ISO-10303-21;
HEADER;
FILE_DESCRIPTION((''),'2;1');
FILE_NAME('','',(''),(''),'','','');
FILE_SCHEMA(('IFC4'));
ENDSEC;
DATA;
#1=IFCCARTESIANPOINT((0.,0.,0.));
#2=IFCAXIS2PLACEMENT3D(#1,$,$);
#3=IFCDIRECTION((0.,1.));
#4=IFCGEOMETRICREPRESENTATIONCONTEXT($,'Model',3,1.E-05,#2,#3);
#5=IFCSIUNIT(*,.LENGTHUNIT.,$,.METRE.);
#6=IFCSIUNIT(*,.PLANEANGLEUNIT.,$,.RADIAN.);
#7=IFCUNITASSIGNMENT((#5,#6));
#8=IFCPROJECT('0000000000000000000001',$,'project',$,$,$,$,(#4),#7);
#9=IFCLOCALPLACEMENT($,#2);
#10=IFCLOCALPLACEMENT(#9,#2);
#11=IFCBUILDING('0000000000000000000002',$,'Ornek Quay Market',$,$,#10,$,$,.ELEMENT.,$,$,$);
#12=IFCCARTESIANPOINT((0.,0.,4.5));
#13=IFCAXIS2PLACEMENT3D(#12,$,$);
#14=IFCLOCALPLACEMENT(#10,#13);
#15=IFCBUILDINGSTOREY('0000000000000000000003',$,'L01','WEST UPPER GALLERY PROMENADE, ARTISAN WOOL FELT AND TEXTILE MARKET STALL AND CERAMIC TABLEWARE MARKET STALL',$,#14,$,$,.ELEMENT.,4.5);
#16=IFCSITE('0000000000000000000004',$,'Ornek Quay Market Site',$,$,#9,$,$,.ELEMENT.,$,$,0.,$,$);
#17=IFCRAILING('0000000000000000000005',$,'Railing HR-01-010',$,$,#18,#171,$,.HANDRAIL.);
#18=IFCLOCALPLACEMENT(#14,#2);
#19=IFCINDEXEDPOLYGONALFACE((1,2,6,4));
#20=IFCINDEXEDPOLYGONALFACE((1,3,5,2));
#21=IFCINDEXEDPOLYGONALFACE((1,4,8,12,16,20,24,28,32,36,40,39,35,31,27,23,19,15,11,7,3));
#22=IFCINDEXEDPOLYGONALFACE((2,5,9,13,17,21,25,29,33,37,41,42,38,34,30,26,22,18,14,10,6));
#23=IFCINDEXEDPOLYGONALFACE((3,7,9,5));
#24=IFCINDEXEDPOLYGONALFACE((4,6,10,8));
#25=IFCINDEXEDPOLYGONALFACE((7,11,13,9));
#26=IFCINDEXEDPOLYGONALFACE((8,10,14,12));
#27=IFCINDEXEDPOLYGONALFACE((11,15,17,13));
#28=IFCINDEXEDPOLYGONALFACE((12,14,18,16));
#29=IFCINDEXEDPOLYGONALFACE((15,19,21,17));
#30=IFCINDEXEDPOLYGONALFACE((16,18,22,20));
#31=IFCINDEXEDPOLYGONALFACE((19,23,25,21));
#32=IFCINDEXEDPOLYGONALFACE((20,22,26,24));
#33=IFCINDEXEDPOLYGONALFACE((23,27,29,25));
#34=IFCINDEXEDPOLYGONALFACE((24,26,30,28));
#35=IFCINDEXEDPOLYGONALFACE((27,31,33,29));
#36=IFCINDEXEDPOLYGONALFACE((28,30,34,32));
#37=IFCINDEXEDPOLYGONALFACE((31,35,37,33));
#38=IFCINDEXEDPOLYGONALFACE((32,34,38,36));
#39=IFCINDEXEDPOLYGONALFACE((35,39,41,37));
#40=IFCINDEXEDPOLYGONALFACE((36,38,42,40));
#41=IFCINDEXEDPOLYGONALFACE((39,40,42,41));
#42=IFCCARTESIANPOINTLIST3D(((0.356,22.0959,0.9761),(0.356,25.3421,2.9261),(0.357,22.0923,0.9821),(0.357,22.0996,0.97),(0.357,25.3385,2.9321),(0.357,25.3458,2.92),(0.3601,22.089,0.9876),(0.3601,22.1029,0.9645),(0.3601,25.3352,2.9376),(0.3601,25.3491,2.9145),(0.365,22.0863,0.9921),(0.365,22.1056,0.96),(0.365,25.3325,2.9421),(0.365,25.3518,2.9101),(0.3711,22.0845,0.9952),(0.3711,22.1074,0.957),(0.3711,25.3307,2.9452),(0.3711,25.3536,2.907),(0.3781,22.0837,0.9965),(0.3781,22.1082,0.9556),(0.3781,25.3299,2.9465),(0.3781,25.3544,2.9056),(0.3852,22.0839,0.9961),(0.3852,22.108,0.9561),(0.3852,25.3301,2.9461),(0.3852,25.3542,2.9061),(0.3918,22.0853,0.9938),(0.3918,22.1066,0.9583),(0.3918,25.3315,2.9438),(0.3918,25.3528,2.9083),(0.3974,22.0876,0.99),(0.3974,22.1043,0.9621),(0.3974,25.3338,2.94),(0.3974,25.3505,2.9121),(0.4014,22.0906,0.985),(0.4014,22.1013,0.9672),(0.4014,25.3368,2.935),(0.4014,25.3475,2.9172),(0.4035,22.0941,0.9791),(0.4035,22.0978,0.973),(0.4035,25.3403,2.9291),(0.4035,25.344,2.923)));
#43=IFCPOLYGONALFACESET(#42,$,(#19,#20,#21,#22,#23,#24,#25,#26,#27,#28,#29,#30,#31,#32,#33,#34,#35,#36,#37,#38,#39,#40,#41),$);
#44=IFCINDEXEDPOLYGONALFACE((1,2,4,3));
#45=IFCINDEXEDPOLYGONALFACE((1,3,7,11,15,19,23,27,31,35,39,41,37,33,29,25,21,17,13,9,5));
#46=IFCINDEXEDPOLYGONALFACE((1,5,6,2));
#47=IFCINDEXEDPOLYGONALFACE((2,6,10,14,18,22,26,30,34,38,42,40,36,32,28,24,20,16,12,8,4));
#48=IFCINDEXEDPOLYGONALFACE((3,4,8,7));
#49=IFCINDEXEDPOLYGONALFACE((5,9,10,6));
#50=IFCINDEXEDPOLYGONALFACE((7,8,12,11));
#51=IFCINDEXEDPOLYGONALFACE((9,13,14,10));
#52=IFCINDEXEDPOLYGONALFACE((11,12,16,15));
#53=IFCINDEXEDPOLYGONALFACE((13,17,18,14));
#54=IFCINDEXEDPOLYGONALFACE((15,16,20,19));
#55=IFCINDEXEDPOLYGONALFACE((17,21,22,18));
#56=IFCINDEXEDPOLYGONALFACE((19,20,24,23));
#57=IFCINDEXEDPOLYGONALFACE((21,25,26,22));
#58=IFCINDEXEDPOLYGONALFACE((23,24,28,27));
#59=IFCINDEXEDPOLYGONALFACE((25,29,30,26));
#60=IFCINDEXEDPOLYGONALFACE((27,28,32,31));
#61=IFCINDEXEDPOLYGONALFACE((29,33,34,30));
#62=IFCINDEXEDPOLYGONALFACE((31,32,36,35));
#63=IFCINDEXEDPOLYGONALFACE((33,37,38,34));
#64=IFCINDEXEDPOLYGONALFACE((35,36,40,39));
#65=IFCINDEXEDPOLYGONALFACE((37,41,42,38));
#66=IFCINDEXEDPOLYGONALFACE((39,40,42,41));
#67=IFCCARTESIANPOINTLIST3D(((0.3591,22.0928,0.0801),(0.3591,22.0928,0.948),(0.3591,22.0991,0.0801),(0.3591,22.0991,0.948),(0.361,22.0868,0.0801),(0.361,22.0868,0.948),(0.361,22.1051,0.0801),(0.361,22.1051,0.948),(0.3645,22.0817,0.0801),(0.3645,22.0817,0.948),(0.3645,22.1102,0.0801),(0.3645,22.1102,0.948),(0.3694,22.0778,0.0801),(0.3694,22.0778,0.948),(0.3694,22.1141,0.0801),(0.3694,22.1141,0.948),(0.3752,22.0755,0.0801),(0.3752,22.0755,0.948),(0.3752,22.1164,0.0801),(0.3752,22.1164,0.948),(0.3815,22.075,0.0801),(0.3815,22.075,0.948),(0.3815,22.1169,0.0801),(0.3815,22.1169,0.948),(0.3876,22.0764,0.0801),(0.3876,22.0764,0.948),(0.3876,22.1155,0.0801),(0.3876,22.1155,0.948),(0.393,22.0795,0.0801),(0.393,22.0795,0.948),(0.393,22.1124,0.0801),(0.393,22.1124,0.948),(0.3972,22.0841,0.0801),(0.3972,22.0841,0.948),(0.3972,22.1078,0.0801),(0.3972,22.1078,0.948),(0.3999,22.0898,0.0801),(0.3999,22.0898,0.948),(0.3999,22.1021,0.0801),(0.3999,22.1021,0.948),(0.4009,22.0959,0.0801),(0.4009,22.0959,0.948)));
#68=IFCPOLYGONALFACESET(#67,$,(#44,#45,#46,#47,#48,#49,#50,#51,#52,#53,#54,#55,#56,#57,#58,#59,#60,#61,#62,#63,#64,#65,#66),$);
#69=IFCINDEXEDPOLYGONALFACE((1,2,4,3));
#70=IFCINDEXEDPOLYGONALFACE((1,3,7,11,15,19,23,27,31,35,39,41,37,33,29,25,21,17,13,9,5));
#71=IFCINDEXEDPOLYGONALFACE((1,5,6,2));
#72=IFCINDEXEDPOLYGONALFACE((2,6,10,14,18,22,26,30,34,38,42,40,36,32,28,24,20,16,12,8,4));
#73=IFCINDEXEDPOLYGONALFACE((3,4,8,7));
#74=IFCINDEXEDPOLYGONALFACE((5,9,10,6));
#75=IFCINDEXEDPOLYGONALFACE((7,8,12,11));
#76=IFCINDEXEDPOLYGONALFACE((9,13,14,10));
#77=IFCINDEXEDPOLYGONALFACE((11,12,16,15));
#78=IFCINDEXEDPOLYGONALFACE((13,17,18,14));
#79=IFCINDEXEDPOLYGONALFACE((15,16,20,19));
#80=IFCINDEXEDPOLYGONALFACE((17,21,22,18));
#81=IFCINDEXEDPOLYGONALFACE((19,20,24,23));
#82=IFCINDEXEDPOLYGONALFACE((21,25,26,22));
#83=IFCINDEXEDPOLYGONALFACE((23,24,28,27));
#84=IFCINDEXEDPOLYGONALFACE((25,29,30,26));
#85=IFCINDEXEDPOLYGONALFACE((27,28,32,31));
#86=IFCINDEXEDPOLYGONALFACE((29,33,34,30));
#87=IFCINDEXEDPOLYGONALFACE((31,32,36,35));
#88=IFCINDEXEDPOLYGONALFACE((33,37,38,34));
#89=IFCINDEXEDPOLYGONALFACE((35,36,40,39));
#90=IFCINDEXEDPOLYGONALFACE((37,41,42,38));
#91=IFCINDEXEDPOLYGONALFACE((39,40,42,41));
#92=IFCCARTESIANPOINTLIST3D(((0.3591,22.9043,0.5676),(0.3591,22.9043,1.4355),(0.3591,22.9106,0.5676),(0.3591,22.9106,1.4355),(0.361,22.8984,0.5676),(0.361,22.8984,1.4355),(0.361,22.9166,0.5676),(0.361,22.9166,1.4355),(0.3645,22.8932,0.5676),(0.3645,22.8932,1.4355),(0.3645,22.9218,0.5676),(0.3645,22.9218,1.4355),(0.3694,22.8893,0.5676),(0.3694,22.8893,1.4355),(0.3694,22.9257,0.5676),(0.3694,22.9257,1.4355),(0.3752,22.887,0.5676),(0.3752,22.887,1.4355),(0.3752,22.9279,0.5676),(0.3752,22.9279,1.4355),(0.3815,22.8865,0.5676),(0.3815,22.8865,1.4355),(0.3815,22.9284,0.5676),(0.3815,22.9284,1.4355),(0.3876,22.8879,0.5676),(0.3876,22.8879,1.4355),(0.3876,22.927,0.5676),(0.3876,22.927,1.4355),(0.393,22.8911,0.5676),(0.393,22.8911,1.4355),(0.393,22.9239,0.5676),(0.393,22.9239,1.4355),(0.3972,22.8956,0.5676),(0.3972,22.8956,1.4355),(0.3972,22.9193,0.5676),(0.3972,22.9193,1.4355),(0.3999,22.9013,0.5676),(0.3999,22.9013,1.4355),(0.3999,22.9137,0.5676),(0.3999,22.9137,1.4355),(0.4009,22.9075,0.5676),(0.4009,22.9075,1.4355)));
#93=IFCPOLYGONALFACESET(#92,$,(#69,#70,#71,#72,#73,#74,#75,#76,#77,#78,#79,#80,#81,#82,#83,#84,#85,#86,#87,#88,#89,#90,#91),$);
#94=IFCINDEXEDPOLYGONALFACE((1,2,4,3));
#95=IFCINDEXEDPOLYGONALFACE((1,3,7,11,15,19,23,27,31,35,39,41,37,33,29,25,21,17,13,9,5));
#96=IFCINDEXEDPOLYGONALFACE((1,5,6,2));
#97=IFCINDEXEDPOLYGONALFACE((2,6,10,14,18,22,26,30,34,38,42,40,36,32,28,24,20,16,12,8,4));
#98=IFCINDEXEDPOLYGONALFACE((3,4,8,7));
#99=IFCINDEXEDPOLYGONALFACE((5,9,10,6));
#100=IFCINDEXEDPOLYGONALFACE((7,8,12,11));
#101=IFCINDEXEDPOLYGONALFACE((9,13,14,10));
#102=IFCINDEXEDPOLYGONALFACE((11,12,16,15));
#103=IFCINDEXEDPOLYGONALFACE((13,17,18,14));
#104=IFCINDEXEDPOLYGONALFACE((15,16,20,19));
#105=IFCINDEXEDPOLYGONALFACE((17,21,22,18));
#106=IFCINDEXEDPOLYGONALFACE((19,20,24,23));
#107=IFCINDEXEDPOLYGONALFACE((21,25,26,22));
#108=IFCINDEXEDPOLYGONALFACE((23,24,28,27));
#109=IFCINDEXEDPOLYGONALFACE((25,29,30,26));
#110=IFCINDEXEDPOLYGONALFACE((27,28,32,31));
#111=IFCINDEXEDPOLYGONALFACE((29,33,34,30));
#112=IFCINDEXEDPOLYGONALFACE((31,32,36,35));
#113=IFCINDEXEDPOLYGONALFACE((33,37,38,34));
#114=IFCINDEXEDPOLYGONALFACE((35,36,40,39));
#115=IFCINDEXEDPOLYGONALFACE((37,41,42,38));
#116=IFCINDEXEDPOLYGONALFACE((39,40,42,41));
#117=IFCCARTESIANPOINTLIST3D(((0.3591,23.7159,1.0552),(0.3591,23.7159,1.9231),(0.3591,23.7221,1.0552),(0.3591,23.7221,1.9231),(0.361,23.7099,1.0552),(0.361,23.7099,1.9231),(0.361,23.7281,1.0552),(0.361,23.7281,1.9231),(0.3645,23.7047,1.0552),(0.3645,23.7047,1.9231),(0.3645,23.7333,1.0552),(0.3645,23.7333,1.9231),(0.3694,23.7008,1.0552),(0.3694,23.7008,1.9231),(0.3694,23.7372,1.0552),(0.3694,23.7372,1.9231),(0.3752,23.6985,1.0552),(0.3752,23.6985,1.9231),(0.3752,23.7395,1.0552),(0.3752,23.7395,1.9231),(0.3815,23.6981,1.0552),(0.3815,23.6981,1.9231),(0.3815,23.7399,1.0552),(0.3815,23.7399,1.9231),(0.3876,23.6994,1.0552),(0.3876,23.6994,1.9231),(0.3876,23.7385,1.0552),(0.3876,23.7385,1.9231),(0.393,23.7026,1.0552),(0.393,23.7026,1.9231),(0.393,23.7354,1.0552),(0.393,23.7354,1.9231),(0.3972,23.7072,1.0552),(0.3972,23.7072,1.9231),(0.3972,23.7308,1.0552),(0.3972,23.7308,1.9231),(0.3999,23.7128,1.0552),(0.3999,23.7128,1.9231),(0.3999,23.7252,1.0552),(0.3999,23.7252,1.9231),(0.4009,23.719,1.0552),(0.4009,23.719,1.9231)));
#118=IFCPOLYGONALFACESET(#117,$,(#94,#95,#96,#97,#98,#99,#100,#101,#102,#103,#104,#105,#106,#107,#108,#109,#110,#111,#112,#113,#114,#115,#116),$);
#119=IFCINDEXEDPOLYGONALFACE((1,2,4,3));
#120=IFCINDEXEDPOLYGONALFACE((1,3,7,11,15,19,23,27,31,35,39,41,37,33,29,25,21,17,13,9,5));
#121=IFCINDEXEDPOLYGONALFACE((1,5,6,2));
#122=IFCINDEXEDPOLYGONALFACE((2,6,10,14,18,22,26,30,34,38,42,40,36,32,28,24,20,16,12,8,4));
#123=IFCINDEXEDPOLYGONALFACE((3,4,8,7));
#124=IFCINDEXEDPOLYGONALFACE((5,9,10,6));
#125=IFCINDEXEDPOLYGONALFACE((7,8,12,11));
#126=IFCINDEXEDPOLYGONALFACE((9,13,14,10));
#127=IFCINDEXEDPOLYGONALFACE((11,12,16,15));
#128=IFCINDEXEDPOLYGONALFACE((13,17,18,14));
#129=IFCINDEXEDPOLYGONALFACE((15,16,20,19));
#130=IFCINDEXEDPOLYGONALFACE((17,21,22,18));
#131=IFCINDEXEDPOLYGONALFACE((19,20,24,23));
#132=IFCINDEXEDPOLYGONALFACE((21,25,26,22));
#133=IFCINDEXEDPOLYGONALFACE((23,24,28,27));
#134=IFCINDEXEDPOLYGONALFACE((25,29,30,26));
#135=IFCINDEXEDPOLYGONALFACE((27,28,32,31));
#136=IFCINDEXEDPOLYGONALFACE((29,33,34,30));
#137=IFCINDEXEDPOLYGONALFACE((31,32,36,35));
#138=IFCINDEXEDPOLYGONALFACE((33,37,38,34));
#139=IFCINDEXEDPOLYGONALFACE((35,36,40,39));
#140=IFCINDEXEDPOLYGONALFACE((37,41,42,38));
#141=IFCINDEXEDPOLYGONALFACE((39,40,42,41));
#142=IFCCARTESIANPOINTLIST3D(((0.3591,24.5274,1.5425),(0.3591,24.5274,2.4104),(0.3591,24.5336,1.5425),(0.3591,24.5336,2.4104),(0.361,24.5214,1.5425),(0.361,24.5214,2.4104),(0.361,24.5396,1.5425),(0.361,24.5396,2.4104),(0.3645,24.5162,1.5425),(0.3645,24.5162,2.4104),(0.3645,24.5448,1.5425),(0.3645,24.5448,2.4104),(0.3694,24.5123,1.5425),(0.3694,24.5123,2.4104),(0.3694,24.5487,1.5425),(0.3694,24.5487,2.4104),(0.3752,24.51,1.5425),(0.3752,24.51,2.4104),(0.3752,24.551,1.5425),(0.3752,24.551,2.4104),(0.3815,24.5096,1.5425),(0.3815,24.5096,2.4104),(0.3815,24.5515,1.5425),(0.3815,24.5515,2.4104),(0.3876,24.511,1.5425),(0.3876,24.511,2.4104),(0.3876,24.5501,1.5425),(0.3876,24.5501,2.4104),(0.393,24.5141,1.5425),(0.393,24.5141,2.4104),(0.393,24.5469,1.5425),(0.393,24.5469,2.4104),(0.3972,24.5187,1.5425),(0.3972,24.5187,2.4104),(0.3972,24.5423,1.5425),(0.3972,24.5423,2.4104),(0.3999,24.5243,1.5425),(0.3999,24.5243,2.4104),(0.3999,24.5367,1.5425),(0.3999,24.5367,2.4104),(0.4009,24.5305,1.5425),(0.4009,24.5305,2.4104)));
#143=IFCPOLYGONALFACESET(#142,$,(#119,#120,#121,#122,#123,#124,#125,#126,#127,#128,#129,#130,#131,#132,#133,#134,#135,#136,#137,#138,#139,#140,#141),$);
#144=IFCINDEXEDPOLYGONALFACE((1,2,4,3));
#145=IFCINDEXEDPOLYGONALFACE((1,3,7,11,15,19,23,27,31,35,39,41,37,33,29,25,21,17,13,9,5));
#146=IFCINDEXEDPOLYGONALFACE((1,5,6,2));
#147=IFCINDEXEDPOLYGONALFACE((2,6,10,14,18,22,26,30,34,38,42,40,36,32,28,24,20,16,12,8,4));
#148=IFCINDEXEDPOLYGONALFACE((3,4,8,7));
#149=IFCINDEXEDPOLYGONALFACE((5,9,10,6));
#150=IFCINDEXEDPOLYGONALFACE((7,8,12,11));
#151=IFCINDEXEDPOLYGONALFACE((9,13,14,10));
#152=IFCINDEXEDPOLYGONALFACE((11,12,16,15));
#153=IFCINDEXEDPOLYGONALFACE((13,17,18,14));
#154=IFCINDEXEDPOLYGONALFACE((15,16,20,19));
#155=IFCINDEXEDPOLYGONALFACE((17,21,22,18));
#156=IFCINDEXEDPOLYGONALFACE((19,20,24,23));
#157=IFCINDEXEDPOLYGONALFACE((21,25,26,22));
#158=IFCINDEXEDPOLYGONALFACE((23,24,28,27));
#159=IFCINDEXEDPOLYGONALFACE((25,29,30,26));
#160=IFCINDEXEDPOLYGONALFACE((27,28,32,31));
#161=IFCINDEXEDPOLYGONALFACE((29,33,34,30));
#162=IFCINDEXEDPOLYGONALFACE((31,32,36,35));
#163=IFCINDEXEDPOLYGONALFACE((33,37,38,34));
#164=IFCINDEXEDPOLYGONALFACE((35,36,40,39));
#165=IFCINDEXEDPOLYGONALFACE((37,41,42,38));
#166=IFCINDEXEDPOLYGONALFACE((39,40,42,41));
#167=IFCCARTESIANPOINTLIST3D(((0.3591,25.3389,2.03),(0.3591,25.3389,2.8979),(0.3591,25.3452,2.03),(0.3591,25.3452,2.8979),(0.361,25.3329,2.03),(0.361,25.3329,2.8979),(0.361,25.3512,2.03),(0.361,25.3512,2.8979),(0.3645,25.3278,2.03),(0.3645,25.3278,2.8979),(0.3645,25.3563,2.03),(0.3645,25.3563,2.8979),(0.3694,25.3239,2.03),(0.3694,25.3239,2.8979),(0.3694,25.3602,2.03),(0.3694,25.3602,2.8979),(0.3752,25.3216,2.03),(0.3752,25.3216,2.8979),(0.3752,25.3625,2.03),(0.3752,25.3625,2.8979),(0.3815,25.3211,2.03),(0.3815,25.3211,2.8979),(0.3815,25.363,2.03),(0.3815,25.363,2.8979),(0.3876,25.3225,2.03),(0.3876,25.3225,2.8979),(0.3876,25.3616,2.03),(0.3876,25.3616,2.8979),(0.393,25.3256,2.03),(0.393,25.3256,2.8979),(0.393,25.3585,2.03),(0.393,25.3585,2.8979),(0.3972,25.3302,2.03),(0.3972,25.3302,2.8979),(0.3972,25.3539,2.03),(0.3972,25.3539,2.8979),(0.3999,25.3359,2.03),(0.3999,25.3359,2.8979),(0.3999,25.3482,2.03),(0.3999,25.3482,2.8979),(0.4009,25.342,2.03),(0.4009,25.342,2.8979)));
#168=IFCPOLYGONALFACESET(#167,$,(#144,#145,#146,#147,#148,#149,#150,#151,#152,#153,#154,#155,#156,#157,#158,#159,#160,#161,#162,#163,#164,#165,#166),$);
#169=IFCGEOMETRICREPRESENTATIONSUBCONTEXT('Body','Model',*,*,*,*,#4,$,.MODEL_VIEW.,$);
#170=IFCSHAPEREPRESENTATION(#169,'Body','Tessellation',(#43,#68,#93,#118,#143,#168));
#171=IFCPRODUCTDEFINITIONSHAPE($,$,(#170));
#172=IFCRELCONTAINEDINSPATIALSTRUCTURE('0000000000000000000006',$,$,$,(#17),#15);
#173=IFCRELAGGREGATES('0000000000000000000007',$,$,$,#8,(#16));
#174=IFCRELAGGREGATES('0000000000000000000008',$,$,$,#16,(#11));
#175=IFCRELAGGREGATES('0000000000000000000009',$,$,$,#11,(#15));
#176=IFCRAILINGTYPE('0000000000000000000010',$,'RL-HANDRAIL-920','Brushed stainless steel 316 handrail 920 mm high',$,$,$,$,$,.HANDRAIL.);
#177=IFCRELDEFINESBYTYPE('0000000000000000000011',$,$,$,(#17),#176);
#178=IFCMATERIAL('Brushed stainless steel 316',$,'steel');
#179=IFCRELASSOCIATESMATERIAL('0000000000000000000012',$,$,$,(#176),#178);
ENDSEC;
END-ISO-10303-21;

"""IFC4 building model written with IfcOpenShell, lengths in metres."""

from ifc_helpers import new_model, si_unit, direction, frame, origin, origin_2d, place, context, subcontext, project, spatial, circle, extrude, material, type_object, element, save


model = new_model("IFC4")

# Units and contexts
model_context = context("Model", 3, precision=1e-05, world=origin(), true_north=direction((0.0, 1.0)))
body_context = subcontext(model_context, "Body", "Model", "MODEL_VIEW")
ifc_project = project(units=[si_unit("LENGTHUNIT", "METRE"), si_unit("PLANEANGLEUNIT", "RADIAN")], contexts=[model_context])

# Site, building, storey
site_placement = place(None, origin())
site = spatial("IfcSite", under=ifc_project, at=site_placement, Name="Ornek Quay Market Site", CompositionType="ELEMENT", RefElevation=0.0)
building_placement = place(site_placement, origin())
building = spatial("IfcBuilding", under=site, at=building_placement, Name="Ornek Quay Market", CompositionType="ELEMENT")
storey_placement = place(building_placement, frame((0.0, 0.0, 4.5)))
storey = spatial("IfcBuildingStorey", under=building, at=storey_placement, Name="L01", Description="WEST UPPER GALLERY PROMENADE, ARTISAN WOOL FELT AND TEXTILE MARKET STALL AND CERAMIC TABLEWARE MARKET STALL", CompositionType="ELEMENT", Elevation=4.5)

# Railing
ifc_material_1 = material(Name="Brushed stainless steel 316", Category="steel")
railing_type_1 = type_object("IfcRailingType", Name="RL-HANDRAIL-920", Description="Brushed stainless steel 316 handrail 920 mm high", PredefinedType="HANDRAIL", material=ifc_material_1)
railing_1_placement = place(storey_placement, frame((0.3799, 22.0959, 0.0801)))
element("IfcRailing", 1, at=railing_1_placement, inside=storey, type_object=railing_type_1, Name="Railing HR-01-010", PredefinedType="HANDRAIL", context=body_context, shape_type="SweptSolid", body=[
    extrude(circle(Radius=0.0239, at=origin_2d()), frame((0.0, 0.0, 0.896), z_axis=(0.0, 0.857225, 0.514941), x_axis=(-1.0, 0.0, 0.0)), (0.0, 0.0, 1.0), 3.7869),
    extrude(circle(Radius=0.021, at=origin_2d()), origin(), (0.0, 0.0, 1.0), 0.8679),
    extrude(circle(Radius=0.021, at=origin_2d()), frame((0.0, 0.8115, 0.4875)), (0.0, 0.0, 1.0), 0.8679),
    extrude(circle(Radius=0.021, at=origin_2d()), frame((0.0, 1.623, 0.9751)), (0.0, 0.0, 1.0), 0.8679),
    extrude(circle(Radius=0.021, at=origin_2d()), frame((0.0, 2.4346, 1.4624)), (0.0, 0.0, 1.0), 0.8679),
    extrude(circle(Radius=0.021, at=origin_2d()), frame((0.0, 3.2461, 1.95)), (0.0, 0.0, 1.0), 0.8679),
])

save(model, "model.ifc")
